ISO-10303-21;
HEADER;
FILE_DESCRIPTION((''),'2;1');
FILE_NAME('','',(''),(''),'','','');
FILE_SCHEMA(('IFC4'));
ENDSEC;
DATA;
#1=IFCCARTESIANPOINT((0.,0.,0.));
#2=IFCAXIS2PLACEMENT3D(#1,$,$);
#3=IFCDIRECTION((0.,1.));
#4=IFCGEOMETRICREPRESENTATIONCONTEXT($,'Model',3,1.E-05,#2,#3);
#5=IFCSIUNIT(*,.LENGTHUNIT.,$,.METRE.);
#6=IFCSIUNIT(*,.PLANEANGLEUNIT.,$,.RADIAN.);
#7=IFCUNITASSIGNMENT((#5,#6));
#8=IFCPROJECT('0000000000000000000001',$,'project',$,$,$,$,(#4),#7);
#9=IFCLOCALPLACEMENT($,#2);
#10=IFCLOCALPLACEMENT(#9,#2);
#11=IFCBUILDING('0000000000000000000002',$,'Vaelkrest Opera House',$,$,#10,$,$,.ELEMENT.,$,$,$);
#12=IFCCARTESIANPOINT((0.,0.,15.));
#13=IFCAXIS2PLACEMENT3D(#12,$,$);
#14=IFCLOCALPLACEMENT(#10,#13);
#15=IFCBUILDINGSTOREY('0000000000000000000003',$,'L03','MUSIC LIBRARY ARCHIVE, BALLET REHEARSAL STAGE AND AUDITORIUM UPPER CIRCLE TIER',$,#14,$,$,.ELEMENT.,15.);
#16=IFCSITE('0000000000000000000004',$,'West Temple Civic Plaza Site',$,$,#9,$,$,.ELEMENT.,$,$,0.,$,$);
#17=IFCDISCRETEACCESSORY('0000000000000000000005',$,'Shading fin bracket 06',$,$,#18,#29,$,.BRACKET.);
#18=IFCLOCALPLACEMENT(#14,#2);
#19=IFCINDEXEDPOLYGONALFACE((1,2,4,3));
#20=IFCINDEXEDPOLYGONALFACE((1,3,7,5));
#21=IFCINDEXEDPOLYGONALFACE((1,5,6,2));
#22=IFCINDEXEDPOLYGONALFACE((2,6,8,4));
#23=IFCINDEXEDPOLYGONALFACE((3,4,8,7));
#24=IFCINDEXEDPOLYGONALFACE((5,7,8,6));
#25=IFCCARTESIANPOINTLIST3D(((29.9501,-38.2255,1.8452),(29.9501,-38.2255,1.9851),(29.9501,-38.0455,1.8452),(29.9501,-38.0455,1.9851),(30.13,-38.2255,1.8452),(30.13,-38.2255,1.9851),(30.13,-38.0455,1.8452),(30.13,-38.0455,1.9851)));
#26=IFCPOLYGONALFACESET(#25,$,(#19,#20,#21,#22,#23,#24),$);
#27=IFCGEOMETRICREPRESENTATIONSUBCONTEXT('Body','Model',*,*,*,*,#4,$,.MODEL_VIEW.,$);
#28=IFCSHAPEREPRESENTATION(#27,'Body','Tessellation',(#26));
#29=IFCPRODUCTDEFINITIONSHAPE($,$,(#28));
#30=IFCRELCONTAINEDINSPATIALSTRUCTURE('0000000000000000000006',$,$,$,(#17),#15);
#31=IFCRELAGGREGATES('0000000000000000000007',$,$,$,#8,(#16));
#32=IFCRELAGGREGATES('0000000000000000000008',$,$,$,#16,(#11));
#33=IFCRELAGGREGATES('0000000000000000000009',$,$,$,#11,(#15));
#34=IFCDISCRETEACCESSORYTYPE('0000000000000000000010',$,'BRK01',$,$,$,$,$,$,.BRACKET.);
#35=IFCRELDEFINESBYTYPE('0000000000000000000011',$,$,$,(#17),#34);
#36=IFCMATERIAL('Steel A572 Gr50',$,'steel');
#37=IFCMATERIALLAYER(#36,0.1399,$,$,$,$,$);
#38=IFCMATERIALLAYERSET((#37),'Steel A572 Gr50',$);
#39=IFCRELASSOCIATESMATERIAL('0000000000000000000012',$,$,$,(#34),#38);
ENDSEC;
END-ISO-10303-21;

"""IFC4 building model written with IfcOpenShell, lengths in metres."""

from ifc_helpers import new_model, si_unit, direction, frame, origin, origin_2d, place, context, subcontext, project, spatial, rectangle, extrude, material, layer, layer_set, type_object, element, save


model = new_model("IFC4")

# Units and contexts
model_context = context("Model", 3, precision=1e-05, world=origin(), true_north=direction((0.0, 1.0)))
body_context = subcontext(model_context, "Body", "Model", "MODEL_VIEW")
ifc_project = project(units=[si_unit("LENGTHUNIT", "METRE"), si_unit("PLANEANGLEUNIT", "RADIAN")], contexts=[model_context])

# Site, building, storey
site_placement = place(None, origin())
site = spatial("IfcSite", under=ifc_project, at=site_placement, Name="West Temple Civic Plaza Site", CompositionType="ELEMENT", RefElevation=0.0)
building_placement = place(site_placement, origin())
building = spatial("IfcBuilding", under=site, at=building_placement, Name="Vaelkrest Opera House", CompositionType="ELEMENT")
storey_placement = place(building_placement, frame((0.0, 0.0, 15.0)))
storey = spatial("IfcBuildingStorey", under=building, at=storey_placement, Name="L03", Description="MUSIC LIBRARY ARCHIVE, BALLET REHEARSAL STAGE AND AUDITORIUM UPPER CIRCLE TIER", CompositionType="ELEMENT", Elevation=15.0)

# Discrete accessory
ifc_material_1 = material(Name="Steel A572 Gr50", Category="steel")
ifc_layer_1 = layer(ifc_material_1, 0.1399)
ifc_layer_set_1 = layer_set([ifc_layer_1], Name="Steel A572 Gr50")
discrete_accessory_type = type_object("IfcDiscreteAccessoryType", Name="BRK01", PredefinedType="BRACKET", material=ifc_layer_set_1)
discrete_accessory_placement = place(storey_placement, frame((30.04, -38.1355, 1.8452), z_axis=(0.0, 0.0, 1.0), x_axis=(1.0, 0.0, 0.0)))
element("IfcDiscreteAccessory", 1, at=discrete_accessory_placement, inside=storey, type_object=discrete_accessory_type, Name="Shading fin bracket 06", PredefinedType="BRACKET", context=body_context, shape_type="SweptSolid", body=[
    extrude(rectangle(XDim=0.1799, YDim=0.1799, at=origin_2d()), origin(), (0.0, 0.0, 1.0), 0.1399),
])

save(model, "model.ifc")
